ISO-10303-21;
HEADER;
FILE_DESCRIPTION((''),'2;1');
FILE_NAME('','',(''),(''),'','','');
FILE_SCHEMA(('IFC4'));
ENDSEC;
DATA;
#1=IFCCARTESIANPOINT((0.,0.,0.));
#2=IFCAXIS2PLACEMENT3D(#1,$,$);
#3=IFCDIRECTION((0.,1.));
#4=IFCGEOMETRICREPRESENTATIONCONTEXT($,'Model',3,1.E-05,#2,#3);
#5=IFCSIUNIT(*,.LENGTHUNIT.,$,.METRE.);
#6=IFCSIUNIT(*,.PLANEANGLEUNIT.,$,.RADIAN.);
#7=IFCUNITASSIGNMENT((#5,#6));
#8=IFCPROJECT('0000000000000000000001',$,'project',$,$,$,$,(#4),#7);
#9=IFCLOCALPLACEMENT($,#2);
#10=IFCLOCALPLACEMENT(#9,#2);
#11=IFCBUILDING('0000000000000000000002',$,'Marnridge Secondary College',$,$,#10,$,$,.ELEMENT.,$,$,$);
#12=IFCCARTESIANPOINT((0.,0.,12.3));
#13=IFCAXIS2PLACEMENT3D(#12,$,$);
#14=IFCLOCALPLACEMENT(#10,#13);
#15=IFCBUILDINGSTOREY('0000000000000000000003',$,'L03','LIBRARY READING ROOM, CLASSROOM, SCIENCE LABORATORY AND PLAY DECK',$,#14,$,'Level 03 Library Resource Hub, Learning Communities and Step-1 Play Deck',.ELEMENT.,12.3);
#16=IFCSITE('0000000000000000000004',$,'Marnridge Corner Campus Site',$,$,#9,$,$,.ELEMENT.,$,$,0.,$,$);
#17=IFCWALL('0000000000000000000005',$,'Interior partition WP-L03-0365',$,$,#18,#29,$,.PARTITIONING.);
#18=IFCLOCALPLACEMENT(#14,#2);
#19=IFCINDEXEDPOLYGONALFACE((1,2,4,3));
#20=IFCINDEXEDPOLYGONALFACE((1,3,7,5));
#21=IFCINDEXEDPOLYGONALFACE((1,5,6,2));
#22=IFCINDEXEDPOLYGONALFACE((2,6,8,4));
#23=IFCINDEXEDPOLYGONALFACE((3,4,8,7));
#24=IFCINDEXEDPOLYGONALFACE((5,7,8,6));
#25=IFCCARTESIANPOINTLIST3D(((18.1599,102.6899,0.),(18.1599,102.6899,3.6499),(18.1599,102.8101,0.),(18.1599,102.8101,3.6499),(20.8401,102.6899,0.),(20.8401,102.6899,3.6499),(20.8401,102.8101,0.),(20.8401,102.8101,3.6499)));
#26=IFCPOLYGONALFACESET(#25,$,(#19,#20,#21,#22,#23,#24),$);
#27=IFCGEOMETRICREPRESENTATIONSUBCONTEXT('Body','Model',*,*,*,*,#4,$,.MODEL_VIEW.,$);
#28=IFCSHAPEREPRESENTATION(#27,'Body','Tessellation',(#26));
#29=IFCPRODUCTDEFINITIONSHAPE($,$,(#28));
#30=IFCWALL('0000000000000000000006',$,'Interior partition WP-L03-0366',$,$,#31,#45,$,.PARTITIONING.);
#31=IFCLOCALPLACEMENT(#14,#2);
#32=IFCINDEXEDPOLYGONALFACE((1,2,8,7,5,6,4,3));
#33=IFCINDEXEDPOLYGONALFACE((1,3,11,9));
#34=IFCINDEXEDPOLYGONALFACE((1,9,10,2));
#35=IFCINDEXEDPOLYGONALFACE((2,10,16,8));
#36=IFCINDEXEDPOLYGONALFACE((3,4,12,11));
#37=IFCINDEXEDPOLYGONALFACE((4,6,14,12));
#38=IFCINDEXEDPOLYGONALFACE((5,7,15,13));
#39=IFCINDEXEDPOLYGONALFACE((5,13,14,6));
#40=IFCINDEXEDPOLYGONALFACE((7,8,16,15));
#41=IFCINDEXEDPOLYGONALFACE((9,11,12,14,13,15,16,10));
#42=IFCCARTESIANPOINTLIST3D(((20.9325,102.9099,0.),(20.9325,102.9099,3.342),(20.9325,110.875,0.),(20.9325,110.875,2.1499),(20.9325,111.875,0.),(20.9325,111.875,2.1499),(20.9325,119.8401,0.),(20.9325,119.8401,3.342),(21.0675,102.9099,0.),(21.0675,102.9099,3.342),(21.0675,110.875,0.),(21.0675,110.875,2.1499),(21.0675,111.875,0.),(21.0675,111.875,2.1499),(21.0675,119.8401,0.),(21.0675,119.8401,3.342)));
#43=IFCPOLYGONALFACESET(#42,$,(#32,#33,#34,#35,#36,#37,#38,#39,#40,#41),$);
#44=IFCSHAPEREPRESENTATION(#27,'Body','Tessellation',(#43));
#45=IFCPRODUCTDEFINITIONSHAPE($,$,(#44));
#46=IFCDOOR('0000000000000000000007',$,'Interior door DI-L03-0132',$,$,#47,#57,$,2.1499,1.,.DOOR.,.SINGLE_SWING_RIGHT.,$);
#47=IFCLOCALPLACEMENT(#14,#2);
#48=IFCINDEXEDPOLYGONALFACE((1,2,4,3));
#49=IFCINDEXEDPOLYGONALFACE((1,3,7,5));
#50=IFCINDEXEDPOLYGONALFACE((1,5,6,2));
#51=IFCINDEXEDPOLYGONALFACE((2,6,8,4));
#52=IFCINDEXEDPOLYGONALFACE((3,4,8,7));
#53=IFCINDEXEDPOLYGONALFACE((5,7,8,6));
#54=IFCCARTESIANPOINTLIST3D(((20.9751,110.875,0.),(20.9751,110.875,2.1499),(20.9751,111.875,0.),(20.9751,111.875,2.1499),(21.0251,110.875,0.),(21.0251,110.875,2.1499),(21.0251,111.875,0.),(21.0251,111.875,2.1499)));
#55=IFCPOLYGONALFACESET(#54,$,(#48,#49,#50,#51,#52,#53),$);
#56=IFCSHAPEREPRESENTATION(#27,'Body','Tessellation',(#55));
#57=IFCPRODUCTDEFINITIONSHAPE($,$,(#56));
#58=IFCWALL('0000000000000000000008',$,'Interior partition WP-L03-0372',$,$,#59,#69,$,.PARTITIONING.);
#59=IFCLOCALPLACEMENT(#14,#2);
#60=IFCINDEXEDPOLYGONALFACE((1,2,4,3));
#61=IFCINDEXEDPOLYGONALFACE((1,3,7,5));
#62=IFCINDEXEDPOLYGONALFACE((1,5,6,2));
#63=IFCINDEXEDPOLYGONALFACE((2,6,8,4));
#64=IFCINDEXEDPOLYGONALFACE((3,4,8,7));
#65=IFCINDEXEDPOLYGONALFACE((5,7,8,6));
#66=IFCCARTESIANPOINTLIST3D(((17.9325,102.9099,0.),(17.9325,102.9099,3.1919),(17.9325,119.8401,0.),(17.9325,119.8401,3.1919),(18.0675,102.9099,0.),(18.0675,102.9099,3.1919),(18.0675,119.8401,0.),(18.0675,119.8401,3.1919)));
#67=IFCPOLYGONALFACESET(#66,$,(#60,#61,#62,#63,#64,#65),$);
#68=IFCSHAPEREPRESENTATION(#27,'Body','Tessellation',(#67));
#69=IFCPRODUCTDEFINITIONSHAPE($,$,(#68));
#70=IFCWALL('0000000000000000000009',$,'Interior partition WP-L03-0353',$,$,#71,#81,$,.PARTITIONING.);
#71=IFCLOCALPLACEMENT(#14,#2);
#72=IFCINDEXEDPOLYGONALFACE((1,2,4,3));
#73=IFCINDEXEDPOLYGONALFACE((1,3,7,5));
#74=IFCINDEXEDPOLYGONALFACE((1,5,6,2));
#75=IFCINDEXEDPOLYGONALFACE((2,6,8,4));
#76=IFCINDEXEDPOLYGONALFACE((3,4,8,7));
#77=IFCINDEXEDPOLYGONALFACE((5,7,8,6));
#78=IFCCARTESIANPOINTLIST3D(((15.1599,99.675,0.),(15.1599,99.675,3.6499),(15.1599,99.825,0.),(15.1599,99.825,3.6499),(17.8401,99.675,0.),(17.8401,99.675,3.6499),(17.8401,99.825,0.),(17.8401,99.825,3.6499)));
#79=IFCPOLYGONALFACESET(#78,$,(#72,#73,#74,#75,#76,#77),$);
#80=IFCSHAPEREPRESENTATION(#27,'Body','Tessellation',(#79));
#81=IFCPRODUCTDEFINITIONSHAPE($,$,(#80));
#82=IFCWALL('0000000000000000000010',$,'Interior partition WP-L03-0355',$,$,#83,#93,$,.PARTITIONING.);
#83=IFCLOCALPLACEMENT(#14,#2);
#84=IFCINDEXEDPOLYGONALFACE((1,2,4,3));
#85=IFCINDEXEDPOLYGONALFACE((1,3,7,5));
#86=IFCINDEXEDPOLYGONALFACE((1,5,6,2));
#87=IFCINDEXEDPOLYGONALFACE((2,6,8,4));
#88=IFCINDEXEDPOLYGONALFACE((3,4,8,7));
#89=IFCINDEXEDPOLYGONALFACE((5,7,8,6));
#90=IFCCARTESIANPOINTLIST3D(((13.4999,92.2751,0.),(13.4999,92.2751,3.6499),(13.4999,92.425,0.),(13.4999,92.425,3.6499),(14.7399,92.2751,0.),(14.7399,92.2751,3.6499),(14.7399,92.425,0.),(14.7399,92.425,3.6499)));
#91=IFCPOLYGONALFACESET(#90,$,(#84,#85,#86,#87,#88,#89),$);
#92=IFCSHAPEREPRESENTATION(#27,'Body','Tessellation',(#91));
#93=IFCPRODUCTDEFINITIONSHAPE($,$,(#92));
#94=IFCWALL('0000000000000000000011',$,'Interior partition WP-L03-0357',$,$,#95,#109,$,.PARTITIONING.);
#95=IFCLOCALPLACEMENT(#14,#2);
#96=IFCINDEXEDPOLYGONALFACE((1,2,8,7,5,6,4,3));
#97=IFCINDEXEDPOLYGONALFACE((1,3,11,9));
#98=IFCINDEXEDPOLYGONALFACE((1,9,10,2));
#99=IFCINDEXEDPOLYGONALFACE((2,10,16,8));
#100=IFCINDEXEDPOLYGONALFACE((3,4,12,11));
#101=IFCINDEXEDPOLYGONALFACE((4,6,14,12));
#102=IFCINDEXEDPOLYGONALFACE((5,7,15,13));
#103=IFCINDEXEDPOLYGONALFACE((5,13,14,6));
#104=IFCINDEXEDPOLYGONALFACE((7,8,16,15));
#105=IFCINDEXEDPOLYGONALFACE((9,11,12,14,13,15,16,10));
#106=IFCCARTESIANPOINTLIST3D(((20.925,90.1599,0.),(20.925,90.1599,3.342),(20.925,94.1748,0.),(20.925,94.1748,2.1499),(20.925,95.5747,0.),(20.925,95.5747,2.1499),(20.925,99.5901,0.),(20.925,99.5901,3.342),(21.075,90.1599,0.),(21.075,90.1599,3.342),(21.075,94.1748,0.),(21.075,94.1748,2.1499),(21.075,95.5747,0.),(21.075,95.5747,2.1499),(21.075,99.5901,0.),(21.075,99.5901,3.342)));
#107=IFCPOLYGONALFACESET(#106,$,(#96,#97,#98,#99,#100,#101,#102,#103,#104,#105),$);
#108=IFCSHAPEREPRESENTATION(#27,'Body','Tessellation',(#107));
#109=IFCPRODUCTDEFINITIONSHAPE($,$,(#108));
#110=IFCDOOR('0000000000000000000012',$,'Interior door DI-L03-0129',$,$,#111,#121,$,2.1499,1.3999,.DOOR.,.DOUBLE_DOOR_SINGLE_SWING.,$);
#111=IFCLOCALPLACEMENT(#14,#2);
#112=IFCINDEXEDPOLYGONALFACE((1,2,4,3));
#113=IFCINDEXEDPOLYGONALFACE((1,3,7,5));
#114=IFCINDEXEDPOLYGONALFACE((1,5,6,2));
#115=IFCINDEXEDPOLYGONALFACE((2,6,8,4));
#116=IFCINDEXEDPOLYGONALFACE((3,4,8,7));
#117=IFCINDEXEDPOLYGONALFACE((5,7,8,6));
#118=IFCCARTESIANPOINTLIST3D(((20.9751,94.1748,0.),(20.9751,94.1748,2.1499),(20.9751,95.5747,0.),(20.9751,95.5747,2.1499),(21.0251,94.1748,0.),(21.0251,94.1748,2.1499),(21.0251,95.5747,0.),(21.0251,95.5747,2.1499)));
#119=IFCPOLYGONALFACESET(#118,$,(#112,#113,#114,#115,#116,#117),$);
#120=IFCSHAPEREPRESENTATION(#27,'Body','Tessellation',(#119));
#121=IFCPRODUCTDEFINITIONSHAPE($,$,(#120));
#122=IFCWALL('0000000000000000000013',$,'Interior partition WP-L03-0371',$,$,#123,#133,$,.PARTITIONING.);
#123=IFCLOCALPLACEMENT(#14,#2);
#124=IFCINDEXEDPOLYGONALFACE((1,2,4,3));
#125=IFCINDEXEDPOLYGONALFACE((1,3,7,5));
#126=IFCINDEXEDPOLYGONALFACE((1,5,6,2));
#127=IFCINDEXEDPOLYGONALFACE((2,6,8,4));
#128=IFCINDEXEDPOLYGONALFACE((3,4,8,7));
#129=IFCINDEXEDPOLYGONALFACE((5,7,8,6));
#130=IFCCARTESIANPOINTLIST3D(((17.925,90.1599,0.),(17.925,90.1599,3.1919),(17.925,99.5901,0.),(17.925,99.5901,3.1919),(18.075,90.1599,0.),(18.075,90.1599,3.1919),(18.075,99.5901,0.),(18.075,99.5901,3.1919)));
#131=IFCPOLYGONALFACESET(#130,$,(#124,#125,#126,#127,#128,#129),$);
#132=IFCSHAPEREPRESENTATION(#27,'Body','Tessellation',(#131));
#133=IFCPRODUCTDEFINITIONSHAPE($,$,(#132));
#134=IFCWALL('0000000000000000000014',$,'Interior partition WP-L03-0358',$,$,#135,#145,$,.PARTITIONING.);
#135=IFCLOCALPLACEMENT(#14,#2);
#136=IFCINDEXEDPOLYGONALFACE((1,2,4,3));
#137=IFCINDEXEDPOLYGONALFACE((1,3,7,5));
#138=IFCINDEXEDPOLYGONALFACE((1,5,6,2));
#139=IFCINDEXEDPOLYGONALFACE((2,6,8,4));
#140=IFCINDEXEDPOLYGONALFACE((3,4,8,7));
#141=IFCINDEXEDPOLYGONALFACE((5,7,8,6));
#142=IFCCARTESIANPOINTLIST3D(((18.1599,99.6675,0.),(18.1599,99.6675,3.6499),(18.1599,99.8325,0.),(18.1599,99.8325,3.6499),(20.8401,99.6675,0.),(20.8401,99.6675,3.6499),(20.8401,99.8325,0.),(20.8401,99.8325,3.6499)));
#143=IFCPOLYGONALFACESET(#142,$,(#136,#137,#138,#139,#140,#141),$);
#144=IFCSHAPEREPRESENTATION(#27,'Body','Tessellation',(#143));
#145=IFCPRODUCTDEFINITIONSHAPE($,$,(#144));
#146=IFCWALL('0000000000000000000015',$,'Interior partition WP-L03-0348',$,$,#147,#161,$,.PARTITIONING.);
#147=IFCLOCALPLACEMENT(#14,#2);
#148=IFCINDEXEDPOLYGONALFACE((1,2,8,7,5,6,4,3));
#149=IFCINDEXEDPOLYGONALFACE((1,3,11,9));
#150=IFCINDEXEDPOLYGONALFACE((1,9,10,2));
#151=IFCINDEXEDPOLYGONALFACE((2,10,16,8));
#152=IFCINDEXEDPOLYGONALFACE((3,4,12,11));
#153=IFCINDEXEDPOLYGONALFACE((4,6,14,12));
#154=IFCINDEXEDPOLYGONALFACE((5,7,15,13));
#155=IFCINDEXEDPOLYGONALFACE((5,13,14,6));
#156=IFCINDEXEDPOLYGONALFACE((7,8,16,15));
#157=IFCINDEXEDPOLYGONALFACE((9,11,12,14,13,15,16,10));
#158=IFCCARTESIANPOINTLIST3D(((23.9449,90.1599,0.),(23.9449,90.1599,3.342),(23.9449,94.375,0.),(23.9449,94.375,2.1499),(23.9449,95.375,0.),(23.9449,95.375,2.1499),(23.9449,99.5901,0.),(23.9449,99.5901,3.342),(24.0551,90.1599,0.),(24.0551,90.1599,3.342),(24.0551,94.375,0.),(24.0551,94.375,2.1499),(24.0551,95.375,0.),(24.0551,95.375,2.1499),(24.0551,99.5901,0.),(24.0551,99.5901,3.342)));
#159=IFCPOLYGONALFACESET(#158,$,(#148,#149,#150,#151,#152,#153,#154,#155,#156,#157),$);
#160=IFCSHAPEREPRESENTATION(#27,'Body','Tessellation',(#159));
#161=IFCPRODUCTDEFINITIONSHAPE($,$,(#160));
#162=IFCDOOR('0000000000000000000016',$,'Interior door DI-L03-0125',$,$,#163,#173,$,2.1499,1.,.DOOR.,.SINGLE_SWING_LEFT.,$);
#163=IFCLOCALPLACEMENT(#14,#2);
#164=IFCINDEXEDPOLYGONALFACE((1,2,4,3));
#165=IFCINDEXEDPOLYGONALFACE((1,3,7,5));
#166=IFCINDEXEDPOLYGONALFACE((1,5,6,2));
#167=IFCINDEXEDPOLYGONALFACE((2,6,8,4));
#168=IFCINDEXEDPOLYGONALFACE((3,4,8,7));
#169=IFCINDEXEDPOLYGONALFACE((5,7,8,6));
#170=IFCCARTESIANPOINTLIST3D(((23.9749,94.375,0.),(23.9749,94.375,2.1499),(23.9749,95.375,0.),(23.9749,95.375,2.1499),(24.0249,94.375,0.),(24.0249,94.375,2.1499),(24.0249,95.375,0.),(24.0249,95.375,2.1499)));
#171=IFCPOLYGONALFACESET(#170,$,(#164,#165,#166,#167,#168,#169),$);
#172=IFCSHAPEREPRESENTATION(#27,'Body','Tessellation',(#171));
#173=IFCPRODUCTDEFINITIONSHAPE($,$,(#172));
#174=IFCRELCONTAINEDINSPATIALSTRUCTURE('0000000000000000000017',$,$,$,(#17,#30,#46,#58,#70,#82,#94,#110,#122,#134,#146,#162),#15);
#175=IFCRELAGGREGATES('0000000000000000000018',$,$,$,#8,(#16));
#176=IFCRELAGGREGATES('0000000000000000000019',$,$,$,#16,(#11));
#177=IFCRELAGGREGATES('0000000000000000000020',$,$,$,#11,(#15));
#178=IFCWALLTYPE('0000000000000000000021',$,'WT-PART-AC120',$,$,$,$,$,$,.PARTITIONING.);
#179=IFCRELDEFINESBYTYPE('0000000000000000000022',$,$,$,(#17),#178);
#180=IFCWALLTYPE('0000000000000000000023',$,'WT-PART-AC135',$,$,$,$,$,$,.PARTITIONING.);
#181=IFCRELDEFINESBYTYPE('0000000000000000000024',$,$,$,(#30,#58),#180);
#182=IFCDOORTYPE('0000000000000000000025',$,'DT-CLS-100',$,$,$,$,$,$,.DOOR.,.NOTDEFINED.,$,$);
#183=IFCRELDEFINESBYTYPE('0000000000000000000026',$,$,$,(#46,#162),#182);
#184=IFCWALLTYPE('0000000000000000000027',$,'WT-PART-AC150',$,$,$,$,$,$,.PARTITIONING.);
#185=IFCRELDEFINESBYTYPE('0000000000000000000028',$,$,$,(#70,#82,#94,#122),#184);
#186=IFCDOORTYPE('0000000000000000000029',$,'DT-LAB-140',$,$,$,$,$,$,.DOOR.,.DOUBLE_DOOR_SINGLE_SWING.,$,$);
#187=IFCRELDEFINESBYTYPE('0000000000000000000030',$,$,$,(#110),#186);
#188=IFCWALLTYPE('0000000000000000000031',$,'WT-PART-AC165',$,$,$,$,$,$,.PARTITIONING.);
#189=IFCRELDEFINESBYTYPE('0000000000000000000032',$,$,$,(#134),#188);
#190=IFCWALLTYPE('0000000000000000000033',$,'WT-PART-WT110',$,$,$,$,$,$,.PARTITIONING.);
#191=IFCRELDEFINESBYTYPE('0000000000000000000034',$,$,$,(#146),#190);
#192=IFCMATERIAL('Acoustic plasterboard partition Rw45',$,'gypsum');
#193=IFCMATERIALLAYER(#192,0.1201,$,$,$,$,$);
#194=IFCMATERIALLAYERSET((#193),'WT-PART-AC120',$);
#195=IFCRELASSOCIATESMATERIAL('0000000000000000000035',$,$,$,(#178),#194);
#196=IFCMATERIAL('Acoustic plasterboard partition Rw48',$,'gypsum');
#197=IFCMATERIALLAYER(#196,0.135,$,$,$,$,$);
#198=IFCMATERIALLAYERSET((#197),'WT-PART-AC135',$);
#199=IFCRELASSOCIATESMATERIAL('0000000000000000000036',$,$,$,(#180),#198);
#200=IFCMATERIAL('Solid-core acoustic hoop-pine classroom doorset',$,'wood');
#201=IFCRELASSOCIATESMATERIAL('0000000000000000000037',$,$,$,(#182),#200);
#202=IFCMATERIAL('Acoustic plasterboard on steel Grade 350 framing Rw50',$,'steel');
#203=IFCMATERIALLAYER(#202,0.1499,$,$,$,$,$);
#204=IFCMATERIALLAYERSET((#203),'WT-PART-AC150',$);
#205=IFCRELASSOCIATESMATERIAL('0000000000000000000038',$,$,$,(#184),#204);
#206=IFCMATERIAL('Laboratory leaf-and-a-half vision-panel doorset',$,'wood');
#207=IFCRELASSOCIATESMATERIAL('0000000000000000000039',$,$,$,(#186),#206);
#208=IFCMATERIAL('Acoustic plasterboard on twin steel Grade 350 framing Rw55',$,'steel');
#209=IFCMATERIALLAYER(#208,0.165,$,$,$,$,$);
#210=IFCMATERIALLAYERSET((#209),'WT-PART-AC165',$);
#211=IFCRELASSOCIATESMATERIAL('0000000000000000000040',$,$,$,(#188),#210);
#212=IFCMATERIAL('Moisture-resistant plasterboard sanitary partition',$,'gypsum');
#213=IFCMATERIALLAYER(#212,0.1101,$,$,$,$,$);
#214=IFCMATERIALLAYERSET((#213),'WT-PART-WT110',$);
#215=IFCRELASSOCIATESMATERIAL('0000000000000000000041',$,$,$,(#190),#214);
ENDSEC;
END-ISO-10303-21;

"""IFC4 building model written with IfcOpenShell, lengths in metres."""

from ifc_helpers import new_model, si_unit, direction, frame, frame_2d, origin, place, context, subcontext, project, spatial, rectangle, extrude, material, layer, layer_set, type_object, element, fill, save


model = new_model("IFC4")

# Units and contexts
model_context = context("Model", 3, precision=1e-05, world=origin(), true_north=direction((0.0, 1.0)))
body_context = subcontext(model_context, "Body", "Model", "MODEL_VIEW")
ifc_project = project(units=[si_unit("LENGTHUNIT", "METRE"), si_unit("PLANEANGLEUNIT", "RADIAN")], contexts=[model_context])

# Site, building, storey
site_placement = place(None, origin())
site = spatial("IfcSite", under=ifc_project, at=site_placement, Name="Marnridge Corner Campus Site", CompositionType="ELEMENT", RefElevation=0.0)
building_placement = place(site_placement, origin())
building = spatial("IfcBuilding", under=site, at=building_placement, Name="Marnridge Secondary College", CompositionType="ELEMENT")
storey_placement = place(building_placement, frame((0.0, 0.0, 12.3)))
storey = spatial("IfcBuildingStorey", under=building, at=storey_placement, Name="L03", Description="LIBRARY READING ROOM, CLASSROOM, SCIENCE LABORATORY AND PLAY DECK", LongName="Level 03 Library Resource Hub, Learning Communities and Step-1 Play Deck", CompositionType="ELEMENT", Elevation=12.3)

# Wall
ifc_material_1 = material(Name="Acoustic plasterboard partition Rw45", Category="gypsum")
ifc_layer_1 = layer(ifc_material_1, 0.1201)
ifc_layer_set_1 = layer_set([ifc_layer_1], Name="WT-PART-AC120")
wall_type_1 = type_object("IfcWallType", Name="WT-PART-AC120", PredefinedType="PARTITIONING", material=ifc_layer_set_1)
wall_1_placement = place(storey_placement, frame((18.1599, 102.75, 0.0), z_axis=(0.0, 0.0, 1.0), x_axis=(1.0, 0.0, 0.0)))
element("IfcWall", 1, at=wall_1_placement, inside=storey, type_object=wall_type_1, Name="Interior partition WP-L03-0365", PredefinedType="PARTITIONING", context=body_context, shape_type="SweptSolid", body=[
    extrude(rectangle(XDim=2.6802, YDim=0.1201, at=frame_2d((1.3401, 0.0))), origin(), (0.0, 0.0, 1.0), 3.6499),
])

# Wall, opening, door
ifc_material_2 = material(Name="Acoustic plasterboard partition Rw48", Category="gypsum")
ifc_layer_2 = layer(ifc_material_2, 0.135)
ifc_layer_set_2 = layer_set([ifc_layer_2], Name="WT-PART-AC135")
wall_type_2 = type_object("IfcWallType", Name="WT-PART-AC135", PredefinedType="PARTITIONING", material=ifc_layer_set_2)
wall_2_placement = place(storey_placement, frame((21.0, 102.9099, 0.0), z_axis=(0.0, 0.0, 1.0), x_axis=(0.0, 1.0, 0.0)))
wall_2 = element("IfcWall", 2, at=wall_2_placement, inside=storey, type_object=wall_type_2, Name="Interior partition WP-L03-0366", PredefinedType="PARTITIONING", context=body_context, shape_type="SweptSolid", body=[
    extrude(rectangle(XDim=16.9302, YDim=0.135, at=frame_2d((8.4651, 0.0))), origin(), (0.0, 0.0, 1.0), 3.342),
])
opening_1_placement = place(wall_2_placement, frame((7.9651, 0.0, 0.0)))
opening_1 = element("IfcOpeningElement", 3, at=opening_1_placement, cuts=wall_2, PredefinedType="OPENING", context=body_context, shape_type="SweptSolid", body=[
    extrude(rectangle(XDim=1.0, YDim=2.1499, at=frame_2d((0.5, 1.075))), frame((0.0, 0.0774, 0.0), z_axis=(0.0, -1.0, 0.0), x_axis=(1.0, 0.0, 0.0)), (0.0, 0.0, 1.0), 0.155),
])
ifc_material_3 = material(Name="Solid-core acoustic hoop-pine classroom doorset", Category="wood")
door_type_1 = type_object("IfcDoorType", Name="DT-CLS-100", OperationType="NOTDEFINED", PredefinedType="DOOR", material=ifc_material_3)
door_1_placement = place(opening_1_placement, origin())
door_1 = element("IfcDoor", 4, at=door_1_placement, inside=storey, type_object=door_type_1, Name="Interior door DI-L03-0132", OperationType="SINGLE_SWING_RIGHT", OverallHeight=2.1499, OverallWidth=1.0, PredefinedType="DOOR", context=body_context, shape_type="SweptSolid", body=[
    extrude(rectangle(XDim=1.0, YDim=2.1499, at=frame_2d((0.5, 1.075))), frame((0.0, 0.0249, 0.0), z_axis=(0.0, -1.0, 0.0), x_axis=(1.0, 0.0, 0.0)), (0.0, 0.0, 1.0), 0.05),
])
fill(opening_1, door_1)

# Walls
wall_3_placement = place(storey_placement, frame((18.0, 102.9099, 0.0), z_axis=(0.0, 0.0, 1.0), x_axis=(0.0, 1.0, 0.0)))
element("IfcWall", 5, at=wall_3_placement, inside=storey, type_object=wall_type_2, Name="Interior partition WP-L03-0372", PredefinedType="PARTITIONING", context=body_context, shape_type="SweptSolid", body=[
    extrude(rectangle(XDim=16.9302, YDim=0.135, at=frame_2d((8.4651, 0.0))), origin(), (0.0, 0.0, 1.0), 3.1919),
])
ifc_material_4 = material(Name="Acoustic plasterboard on steel Grade 350 framing Rw50", Category="steel")
ifc_layer_3 = layer(ifc_material_4, 0.1499)
ifc_layer_set_3 = layer_set([ifc_layer_3], Name="WT-PART-AC150")
wall_type_3 = type_object("IfcWallType", Name="WT-PART-AC150", PredefinedType="PARTITIONING", material=ifc_layer_set_3)
wall_4_placement = place(storey_placement, frame((17.8401, 99.75, 0.0), z_axis=(0.0, 0.0, 1.0), x_axis=(-1.0, 0.0, 0.0)))
element("IfcWall", 6, at=wall_4_placement, inside=storey, type_object=wall_type_3, Name="Interior partition WP-L03-0353", PredefinedType="PARTITIONING", context=body_context, shape_type="SweptSolid", body=[
    extrude(rectangle(XDim=2.6802, YDim=0.1499, at=frame_2d((1.3401, 0.0))), origin(), (0.0, 0.0, 1.0), 3.6499),
])
wall_5_placement = place(storey_placement, frame((14.74, 92.3501, 0.0), z_axis=(0.0, 0.0, 1.0), x_axis=(-1.0, 0.0, 0.0)))
element("IfcWall", 7, at=wall_5_placement, inside=storey, type_object=wall_type_3, Name="Interior partition WP-L03-0355", PredefinedType="PARTITIONING", context=body_context, shape_type="SweptSolid", body=[
    extrude(rectangle(XDim=1.24, YDim=0.1499, at=frame_2d((0.6201, 0.0))), origin(), (0.0, 0.0, 1.0), 3.6499),
])

# Wall, opening, door
wall_6_placement = place(storey_placement, frame((21.0, 90.1599, 0.0), z_axis=(0.0, 0.0, 1.0), x_axis=(0.0, 1.0, 0.0)))
wall_6 = element("IfcWall", 8, at=wall_6_placement, inside=storey, type_object=wall_type_3, Name="Interior partition WP-L03-0357", PredefinedType="PARTITIONING", context=body_context, shape_type="SweptSolid", body=[
    extrude(rectangle(XDim=9.4302, YDim=0.1499, at=frame_2d((4.7151, 0.0))), origin(), (0.0, 0.0, 1.0), 3.342),
])
opening_2_placement = place(wall_6_placement, frame((4.0149, 0.0, 0.0)))
opening_2 = element("IfcOpeningElement", 9, at=opening_2_placement, cuts=wall_6, PredefinedType="OPENING", context=body_context, shape_type="SweptSolid", body=[
    extrude(rectangle(XDim=1.3999, YDim=2.1499, at=frame_2d((0.7, 1.075))), frame((0.0, 0.085, 0.0), z_axis=(0.0, -1.0, 0.0), x_axis=(1.0, 0.0, 0.0)), (0.0, 0.0, 1.0), 0.1699),
])
ifc_material_5 = material(Name="Laboratory leaf-and-a-half vision-panel doorset", Category="wood")
door_type_2 = type_object("IfcDoorType", Name="DT-LAB-140", OperationType="DOUBLE_DOOR_SINGLE_SWING", PredefinedType="DOOR", material=ifc_material_5)
door_2_placement = place(opening_2_placement, origin())
door_2 = element("IfcDoor", 10, at=door_2_placement, inside=storey, type_object=door_type_2, Name="Interior door DI-L03-0129", OperationType="DOUBLE_DOOR_SINGLE_SWING", OverallHeight=2.1499, OverallWidth=1.3999, PredefinedType="DOOR", context=body_context, shape_type="SweptSolid", body=[
    extrude(rectangle(XDim=1.3999, YDim=2.1499, at=frame_2d((0.7, 1.075))), frame((0.0, 0.0249, 0.0), z_axis=(0.0, -1.0, 0.0), x_axis=(1.0, 0.0, 0.0)), (0.0, 0.0, 1.0), 0.05),
])
fill(opening_2, door_2)

# Wall
wall_7_placement = place(storey_placement, frame((18.0, 90.1599, 0.0), z_axis=(0.0, 0.0, 1.0), x_axis=(0.0, 1.0, 0.0)))
element("IfcWall", 11, at=wall_7_placement, inside=storey, type_object=wall_type_3, Name="Interior partition WP-L03-0371", PredefinedType="PARTITIONING", context=body_context, shape_type="SweptSolid", body=[
    extrude(rectangle(XDim=9.4302, YDim=0.1499, at=frame_2d((4.7151, 0.0))), origin(), (0.0, 0.0, 1.0), 3.1919),
])

# Shared definitions
ifc_material_6 = material(Name="Acoustic plasterboard on twin steel Grade 350 framing Rw55", Category="steel")
ifc_layer_4 = layer(ifc_material_6, 0.165)
ifc_layer_set_4 = layer_set([ifc_layer_4], Name="WT-PART-AC165")
wall_type_4 = type_object("IfcWallType", Name="WT-PART-AC165", PredefinedType="PARTITIONING", material=ifc_layer_set_4)

# Wall
wall_8_placement = place(storey_placement, frame((20.8401, 99.75, 0.0), z_axis=(0.0, 0.0, 1.0), x_axis=(-1.0, 0.0, 0.0)))
element("IfcWall", 12, at=wall_8_placement, inside=storey, type_object=wall_type_4, Name="Interior partition WP-L03-0358", PredefinedType="PARTITIONING", context=body_context, shape_type="SweptSolid", body=[
    extrude(rectangle(XDim=2.6802, YDim=0.165, at=frame_2d((1.3401, 0.0))), origin(), (0.0, 0.0, 1.0), 3.6499),
])

# Wall, opening, door
ifc_material_7 = material(Name="Moisture-resistant plasterboard sanitary partition", Category="gypsum")
ifc_layer_5 = layer(ifc_material_7, 0.1101)
ifc_layer_set_5 = layer_set([ifc_layer_5], Name="WT-PART-WT110")
wall_type_5 = type_object("IfcWallType", Name="WT-PART-WT110", PredefinedType="PARTITIONING", material=ifc_layer_set_5)
wall_9_placement = place(storey_placement, frame((24.0, 99.5901, 0.0), z_axis=(0.0, 0.0, 1.0), x_axis=(0.0, -1.0, 0.0)))
wall_9 = element("IfcWall", 13, at=wall_9_placement, inside=storey, type_object=wall_type_5, Name="Interior partition WP-L03-0348", PredefinedType="PARTITIONING", context=body_context, shape_type="SweptSolid", body=[
    extrude(rectangle(XDim=9.4302, YDim=0.1101, at=frame_2d((4.7151, 0.0))), origin(), (0.0, 0.0, 1.0), 3.342),
])
opening_3_placement = place(wall_9_placement, frame((4.2151, 0.0, 0.0)))
opening_3 = element("IfcOpeningElement", 14, at=opening_3_placement, cuts=wall_9, PredefinedType="OPENING", context=body_context, shape_type="SweptSolid", body=[
    extrude(rectangle(XDim=1.0, YDim=2.1499, at=frame_2d((0.5, 1.075))), frame((0.0, 0.0649, 0.0), z_axis=(0.0, -1.0, 0.0), x_axis=(1.0, 0.0, 0.0)), (0.0, 0.0, 1.0), 0.1301),
])
door_3_placement = place(opening_3_placement, origin())
door_3 = element("IfcDoor", 15, at=door_3_placement, inside=storey, type_object=door_type_1, Name="Interior door DI-L03-0125", OperationType="SINGLE_SWING_LEFT", OverallHeight=2.1499, OverallWidth=1.0, PredefinedType="DOOR", context=body_context, shape_type="SweptSolid", body=[
    extrude(rectangle(XDim=1.0, YDim=2.1499, at=frame_2d((0.5, 1.075))), frame((0.0, 0.0249, 0.0), z_axis=(0.0, -1.0, 0.0), x_axis=(1.0, 0.0, 0.0)), (0.0, 0.0, 1.0), 0.05),
])
fill(opening_3, door_3)

save(model, "model.ifc")
